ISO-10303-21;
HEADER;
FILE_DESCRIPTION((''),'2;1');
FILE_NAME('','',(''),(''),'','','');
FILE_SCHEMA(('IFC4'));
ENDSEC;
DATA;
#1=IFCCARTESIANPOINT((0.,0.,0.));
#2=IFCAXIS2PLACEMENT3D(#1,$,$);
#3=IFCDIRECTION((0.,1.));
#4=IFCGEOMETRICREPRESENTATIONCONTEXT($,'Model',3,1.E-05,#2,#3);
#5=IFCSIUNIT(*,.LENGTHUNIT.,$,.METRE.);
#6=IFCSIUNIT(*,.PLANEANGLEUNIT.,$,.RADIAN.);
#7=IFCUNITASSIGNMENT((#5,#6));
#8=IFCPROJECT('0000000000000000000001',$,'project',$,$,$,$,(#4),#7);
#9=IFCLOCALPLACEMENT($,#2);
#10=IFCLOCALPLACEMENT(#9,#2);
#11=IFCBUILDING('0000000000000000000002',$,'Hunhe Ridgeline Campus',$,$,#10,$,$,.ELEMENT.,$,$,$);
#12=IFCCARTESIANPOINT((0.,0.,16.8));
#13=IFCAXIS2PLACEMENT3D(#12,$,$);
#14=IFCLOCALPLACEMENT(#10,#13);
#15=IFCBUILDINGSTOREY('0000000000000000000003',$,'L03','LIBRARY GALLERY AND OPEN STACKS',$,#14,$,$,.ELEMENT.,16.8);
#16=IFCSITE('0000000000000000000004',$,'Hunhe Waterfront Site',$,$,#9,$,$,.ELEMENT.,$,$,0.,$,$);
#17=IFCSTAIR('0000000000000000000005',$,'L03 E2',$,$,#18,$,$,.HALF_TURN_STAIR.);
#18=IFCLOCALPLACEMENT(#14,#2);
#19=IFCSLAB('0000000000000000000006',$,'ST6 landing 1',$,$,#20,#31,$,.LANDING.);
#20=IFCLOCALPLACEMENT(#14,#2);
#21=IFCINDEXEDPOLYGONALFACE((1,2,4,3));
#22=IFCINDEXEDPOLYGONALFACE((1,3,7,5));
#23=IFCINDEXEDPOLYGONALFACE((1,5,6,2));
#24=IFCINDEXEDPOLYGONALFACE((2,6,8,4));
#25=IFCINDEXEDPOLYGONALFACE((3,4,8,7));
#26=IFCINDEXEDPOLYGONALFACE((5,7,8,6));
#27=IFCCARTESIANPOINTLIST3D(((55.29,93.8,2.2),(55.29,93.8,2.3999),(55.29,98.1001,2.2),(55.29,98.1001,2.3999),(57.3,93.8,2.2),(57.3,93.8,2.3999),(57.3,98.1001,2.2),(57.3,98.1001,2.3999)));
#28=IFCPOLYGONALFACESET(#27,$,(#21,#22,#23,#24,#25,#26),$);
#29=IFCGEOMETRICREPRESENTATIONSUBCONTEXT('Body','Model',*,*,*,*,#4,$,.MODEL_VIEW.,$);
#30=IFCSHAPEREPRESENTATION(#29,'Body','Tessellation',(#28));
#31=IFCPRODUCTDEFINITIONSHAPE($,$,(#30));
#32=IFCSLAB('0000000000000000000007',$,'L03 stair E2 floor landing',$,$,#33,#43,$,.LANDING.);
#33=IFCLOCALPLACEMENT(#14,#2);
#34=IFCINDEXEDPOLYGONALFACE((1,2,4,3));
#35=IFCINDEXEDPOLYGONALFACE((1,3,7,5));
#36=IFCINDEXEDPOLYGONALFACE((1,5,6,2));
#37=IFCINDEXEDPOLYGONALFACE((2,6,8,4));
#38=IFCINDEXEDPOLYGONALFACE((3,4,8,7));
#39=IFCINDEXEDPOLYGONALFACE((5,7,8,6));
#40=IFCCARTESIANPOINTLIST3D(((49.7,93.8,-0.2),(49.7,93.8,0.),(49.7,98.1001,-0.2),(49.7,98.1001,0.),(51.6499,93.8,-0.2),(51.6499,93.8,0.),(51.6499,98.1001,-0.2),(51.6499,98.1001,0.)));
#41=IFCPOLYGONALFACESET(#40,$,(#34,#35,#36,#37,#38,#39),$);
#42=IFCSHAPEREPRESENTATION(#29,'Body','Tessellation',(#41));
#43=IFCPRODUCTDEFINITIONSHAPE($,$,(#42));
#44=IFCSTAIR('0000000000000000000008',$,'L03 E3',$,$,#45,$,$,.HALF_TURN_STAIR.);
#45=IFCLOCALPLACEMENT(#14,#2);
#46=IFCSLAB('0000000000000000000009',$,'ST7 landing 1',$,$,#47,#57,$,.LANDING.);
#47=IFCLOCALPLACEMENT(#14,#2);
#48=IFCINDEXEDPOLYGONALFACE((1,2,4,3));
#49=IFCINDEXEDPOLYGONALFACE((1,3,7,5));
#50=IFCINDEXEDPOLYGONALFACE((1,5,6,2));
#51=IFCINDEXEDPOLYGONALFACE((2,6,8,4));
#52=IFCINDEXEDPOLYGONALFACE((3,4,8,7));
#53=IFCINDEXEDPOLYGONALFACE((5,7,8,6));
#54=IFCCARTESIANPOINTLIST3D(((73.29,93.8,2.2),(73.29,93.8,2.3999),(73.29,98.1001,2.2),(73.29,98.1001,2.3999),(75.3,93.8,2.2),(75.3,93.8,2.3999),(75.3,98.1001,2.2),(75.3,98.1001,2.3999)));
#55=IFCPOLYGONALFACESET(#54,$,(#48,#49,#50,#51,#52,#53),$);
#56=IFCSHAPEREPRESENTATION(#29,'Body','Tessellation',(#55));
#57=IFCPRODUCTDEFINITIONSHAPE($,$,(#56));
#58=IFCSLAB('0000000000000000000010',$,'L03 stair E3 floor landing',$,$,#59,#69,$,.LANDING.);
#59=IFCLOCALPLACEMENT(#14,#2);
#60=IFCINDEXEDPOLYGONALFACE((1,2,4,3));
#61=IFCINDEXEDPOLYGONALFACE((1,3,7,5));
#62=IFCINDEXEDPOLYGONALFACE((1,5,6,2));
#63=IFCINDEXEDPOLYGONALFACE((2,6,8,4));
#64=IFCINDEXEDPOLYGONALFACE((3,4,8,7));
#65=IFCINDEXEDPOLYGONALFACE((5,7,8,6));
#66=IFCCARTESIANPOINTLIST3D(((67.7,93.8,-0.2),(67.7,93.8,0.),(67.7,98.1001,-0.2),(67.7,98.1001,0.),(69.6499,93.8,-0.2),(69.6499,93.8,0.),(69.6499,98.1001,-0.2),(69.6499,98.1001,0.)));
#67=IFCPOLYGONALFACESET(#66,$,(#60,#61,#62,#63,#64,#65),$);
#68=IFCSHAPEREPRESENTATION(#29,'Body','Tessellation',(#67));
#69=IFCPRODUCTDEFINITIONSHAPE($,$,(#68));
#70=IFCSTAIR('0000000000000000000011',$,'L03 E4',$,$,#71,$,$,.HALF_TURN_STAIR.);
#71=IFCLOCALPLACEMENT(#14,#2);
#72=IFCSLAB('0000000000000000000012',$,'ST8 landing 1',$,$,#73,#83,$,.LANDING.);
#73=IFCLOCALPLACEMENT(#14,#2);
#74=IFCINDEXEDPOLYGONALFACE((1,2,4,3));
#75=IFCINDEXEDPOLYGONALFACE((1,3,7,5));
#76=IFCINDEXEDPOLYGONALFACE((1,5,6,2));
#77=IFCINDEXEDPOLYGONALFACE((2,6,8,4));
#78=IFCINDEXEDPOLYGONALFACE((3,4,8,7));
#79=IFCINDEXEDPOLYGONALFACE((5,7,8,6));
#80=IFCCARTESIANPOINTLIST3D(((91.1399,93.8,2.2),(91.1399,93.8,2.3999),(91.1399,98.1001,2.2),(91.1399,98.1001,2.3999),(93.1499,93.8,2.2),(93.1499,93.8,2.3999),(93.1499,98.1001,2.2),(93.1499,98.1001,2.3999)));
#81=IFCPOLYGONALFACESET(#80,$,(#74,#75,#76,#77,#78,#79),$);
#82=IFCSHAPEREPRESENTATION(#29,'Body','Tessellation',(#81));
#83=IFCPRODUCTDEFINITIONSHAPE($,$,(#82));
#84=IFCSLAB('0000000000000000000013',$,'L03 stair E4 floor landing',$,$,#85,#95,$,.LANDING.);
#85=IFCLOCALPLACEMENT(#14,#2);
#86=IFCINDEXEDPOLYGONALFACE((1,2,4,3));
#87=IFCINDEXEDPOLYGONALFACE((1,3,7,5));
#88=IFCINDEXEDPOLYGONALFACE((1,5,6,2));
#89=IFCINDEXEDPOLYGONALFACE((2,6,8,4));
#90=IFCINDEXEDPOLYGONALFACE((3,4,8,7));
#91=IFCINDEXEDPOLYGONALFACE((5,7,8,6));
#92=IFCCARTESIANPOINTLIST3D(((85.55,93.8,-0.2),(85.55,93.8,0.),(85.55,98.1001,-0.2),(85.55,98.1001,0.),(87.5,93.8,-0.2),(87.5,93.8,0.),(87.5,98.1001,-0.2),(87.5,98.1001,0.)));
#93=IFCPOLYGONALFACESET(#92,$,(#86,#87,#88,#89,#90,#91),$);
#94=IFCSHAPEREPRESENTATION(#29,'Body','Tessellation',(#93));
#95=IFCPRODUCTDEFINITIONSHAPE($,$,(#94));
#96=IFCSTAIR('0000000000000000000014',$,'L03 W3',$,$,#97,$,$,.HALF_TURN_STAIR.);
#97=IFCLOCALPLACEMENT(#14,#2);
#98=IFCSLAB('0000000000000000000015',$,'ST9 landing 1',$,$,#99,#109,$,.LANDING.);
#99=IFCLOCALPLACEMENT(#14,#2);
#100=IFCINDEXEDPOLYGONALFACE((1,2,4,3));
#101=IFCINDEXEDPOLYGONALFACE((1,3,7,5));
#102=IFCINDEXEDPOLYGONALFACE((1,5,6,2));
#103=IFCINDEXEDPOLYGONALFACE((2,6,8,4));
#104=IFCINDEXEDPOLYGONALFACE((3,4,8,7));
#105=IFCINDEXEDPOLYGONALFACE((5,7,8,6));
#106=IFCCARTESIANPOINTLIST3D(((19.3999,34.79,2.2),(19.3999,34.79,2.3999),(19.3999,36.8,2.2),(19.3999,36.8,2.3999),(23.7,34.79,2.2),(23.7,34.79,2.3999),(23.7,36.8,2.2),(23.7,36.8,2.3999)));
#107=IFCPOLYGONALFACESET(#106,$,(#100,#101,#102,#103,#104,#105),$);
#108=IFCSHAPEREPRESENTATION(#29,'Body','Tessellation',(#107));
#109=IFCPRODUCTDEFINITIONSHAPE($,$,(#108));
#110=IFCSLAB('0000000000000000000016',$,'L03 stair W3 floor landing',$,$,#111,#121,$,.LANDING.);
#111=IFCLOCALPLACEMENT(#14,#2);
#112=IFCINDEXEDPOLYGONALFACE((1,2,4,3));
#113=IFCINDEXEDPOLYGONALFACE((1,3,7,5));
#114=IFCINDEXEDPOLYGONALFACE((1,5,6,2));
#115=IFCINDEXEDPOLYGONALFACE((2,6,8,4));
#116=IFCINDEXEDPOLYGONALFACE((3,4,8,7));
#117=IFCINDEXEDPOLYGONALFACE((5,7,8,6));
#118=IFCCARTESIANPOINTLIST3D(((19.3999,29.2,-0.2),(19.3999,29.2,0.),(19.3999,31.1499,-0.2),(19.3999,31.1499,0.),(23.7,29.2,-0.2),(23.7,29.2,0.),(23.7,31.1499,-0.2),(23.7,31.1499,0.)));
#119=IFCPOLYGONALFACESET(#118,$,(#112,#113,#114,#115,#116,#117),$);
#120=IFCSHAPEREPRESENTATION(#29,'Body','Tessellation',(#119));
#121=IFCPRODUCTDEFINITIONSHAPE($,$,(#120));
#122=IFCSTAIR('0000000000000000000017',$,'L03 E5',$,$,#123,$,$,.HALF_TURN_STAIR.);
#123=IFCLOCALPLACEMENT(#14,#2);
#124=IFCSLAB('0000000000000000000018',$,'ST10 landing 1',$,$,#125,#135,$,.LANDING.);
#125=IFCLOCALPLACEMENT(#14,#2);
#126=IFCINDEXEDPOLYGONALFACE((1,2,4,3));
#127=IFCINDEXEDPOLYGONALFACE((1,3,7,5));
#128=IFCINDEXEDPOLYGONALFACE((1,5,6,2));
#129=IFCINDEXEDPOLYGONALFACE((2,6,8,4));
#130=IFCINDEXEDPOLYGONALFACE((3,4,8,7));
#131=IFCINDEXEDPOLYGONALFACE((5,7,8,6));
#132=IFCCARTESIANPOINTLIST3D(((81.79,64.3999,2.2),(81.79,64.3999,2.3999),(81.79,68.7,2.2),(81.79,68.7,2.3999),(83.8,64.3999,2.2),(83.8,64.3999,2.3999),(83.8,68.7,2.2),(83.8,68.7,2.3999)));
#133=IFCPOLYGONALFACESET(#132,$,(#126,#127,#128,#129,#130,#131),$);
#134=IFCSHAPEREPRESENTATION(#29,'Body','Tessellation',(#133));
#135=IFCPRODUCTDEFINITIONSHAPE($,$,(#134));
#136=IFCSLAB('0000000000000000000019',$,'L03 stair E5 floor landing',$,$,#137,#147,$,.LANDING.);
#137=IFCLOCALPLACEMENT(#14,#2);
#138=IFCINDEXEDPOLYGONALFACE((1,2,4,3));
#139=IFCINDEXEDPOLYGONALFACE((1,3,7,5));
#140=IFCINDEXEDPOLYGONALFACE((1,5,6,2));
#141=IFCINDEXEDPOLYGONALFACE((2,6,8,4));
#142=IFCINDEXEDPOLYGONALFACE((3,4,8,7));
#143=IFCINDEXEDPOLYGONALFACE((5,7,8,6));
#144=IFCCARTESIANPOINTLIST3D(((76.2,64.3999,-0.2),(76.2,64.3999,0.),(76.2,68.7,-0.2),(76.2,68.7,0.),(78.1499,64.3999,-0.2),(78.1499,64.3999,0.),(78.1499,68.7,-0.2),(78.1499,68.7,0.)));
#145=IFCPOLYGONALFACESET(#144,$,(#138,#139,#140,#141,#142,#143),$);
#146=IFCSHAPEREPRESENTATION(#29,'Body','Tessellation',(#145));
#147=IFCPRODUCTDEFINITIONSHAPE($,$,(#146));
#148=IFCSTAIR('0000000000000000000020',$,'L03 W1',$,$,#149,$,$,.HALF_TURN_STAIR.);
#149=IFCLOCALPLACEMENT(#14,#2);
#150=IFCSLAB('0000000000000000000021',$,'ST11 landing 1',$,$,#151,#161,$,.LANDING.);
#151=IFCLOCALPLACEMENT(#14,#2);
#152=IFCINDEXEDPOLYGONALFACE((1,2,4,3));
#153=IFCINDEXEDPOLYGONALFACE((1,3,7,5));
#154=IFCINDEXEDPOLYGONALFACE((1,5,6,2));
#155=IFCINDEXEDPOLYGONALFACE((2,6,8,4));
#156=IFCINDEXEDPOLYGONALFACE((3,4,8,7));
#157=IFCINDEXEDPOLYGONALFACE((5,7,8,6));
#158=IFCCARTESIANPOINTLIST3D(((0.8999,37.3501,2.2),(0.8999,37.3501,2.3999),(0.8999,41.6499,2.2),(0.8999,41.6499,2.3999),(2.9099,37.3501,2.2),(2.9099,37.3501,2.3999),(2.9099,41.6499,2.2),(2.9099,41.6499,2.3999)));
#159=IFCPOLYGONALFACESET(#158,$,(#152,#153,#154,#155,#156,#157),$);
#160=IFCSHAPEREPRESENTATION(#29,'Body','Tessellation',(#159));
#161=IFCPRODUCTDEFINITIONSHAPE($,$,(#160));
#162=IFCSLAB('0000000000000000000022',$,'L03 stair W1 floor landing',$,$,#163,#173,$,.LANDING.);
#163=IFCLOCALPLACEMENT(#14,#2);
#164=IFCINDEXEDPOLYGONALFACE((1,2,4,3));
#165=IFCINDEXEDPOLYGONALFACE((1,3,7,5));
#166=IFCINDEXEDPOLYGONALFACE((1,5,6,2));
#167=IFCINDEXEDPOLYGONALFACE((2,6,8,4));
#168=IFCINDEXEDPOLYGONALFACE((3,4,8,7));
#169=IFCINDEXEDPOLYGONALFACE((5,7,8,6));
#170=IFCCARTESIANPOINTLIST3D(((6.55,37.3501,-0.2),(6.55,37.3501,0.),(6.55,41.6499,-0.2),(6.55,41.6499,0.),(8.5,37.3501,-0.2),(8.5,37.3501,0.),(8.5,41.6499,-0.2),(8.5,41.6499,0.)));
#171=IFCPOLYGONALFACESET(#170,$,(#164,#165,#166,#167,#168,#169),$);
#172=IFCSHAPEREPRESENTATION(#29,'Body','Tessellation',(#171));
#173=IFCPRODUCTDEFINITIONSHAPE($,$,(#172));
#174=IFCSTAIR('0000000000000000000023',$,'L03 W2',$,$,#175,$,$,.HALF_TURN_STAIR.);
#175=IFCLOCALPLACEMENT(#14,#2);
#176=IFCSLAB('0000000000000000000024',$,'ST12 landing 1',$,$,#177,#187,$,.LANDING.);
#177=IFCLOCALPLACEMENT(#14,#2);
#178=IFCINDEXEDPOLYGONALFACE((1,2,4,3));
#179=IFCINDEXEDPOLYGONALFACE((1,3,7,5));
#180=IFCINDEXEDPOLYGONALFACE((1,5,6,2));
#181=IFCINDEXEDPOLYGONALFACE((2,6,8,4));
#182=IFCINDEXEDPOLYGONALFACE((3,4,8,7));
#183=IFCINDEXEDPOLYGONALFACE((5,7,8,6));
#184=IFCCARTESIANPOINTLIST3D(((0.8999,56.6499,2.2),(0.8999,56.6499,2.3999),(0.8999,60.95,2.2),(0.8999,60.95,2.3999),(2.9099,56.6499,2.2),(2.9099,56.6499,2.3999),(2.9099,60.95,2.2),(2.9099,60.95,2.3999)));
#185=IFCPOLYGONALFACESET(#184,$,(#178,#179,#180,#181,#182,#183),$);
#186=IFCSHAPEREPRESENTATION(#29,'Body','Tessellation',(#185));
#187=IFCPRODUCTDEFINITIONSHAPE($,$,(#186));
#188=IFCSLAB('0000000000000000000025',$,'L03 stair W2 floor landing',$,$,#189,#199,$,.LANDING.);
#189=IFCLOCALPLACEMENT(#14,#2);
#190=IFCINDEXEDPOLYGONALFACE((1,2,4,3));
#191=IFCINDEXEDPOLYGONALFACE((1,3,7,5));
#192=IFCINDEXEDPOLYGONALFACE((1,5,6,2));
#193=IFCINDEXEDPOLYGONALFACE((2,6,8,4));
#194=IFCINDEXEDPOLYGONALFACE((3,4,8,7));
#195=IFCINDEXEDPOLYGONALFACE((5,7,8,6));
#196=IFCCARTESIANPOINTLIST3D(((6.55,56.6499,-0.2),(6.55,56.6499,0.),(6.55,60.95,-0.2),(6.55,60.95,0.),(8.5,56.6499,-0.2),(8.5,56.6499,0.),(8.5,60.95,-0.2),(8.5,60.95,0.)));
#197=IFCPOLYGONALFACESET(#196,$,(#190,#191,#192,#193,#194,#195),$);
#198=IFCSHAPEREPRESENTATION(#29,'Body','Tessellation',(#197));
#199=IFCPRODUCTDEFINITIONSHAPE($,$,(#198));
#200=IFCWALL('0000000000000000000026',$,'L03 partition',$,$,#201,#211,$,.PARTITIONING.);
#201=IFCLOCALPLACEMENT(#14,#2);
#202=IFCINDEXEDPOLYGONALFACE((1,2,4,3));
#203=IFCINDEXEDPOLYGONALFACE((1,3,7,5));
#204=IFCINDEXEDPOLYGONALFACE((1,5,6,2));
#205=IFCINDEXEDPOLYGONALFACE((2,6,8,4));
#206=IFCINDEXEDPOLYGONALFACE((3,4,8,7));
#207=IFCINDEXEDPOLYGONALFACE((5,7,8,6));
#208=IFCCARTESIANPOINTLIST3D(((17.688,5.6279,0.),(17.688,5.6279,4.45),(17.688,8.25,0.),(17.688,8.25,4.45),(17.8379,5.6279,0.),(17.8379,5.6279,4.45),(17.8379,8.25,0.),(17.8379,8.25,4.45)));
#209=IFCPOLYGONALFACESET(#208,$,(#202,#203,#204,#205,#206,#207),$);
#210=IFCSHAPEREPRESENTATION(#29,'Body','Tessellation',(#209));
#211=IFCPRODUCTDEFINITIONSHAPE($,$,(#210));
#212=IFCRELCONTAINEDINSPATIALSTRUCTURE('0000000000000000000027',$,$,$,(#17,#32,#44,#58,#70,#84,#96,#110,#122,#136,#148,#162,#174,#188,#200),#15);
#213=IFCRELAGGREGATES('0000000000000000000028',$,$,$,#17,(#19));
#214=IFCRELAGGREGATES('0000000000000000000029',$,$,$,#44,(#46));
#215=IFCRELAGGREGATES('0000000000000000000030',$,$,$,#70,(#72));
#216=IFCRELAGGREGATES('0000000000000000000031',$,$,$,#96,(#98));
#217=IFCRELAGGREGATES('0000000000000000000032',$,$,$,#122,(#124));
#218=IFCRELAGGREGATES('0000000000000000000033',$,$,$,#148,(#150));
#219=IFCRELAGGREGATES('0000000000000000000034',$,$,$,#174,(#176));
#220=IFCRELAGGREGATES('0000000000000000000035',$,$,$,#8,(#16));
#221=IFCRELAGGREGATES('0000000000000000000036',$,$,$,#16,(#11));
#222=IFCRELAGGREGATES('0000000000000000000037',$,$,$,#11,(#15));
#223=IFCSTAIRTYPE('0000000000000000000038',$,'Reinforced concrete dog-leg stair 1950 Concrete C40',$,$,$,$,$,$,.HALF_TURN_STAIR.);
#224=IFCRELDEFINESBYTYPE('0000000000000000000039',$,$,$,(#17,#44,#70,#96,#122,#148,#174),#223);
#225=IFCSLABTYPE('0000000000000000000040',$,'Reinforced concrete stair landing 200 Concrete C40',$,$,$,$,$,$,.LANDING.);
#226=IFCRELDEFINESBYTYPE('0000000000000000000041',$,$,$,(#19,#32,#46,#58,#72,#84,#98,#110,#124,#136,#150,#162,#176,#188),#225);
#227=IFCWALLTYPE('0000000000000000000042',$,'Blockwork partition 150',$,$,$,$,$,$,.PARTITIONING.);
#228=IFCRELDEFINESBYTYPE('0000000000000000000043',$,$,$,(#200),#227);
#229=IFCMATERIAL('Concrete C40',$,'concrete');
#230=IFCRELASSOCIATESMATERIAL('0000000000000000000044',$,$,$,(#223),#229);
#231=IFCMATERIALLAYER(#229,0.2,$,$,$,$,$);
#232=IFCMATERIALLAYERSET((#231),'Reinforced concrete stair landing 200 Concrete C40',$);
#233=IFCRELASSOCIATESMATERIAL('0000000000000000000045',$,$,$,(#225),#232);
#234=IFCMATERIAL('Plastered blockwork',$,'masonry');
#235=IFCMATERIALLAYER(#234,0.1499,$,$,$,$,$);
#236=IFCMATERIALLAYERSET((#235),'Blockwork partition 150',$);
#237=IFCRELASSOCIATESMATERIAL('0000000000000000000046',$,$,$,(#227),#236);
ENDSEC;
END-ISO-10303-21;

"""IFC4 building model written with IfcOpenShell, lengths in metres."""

from ifc_helpers import new_model, si_unit, direction, frame, frame_2d, origin, place, context, subcontext, project, spatial, polyline, rectangle, outline, extrude, material, layer, layer_set, type_object, element, aggregate, save


model = new_model("IFC4")

# Units and contexts
model_context = context("Model", 3, precision=1e-05, world=origin(), true_north=direction((0.0, 1.0)))
body_context = subcontext(model_context, "Body", "Model", "MODEL_VIEW")
ifc_project = project(units=[si_unit("LENGTHUNIT", "METRE"), si_unit("PLANEANGLEUNIT", "RADIAN")], contexts=[model_context])

# Site, building, storey
site_placement = place(None, origin())
site = spatial("IfcSite", under=ifc_project, at=site_placement, Name="Hunhe Waterfront Site", CompositionType="ELEMENT", RefElevation=0.0)
building_placement = place(site_placement, origin())
building = spatial("IfcBuilding", under=site, at=building_placement, Name="Hunhe Ridgeline Campus", CompositionType="ELEMENT")
storey_placement = place(building_placement, frame((0.0, 0.0, 16.8)))
storey = spatial("IfcBuildingStorey", under=building, at=storey_placement, Name="L03", Description="LIBRARY GALLERY AND OPEN STACKS", CompositionType="ELEMENT", Elevation=16.8)

# Shared definitions
ifc_material_1 = material(Name="Concrete C40", Category="concrete")

# Shared definitions
stair_type_1 = type_object("IfcStairType", Name="Reinforced concrete dog-leg stair 1950 Concrete C40", PredefinedType="HALF_TURN_STAIR", material=ifc_material_1)
ifc_layer_1 = layer(ifc_material_1, 0.2)
ifc_layer_set_1 = layer_set([ifc_layer_1], Name="Reinforced concrete stair landing 200 Concrete C40")
slab_type_1 = type_object("IfcSlabType", Name="Reinforced concrete stair landing 200 Concrete C40", PredefinedType="LANDING", material=ifc_layer_set_1)

# Stair, slab
stair_1_placement = place(storey_placement, origin())
stair_1 = element("IfcStair", 1, at=stair_1_placement, inside=storey, type_object=stair_type_1, Name="L03 E2", PredefinedType="HALF_TURN_STAIR")
slab_1_placement = place(storey_placement, frame((0.0, 0.0, 2.2)))
slab_1 = element("IfcSlab", 2, at=slab_1_placement, type_object=slab_type_1, Name="ST6 landing 1", PredefinedType="LANDING", context=body_context, shape_type="SweptSolid", body=[
    extrude(outline(polyline([(55.29, 93.8), (57.3, 93.8), (57.3, 98.1001), (55.29, 98.1001), (55.29, 93.8)])), origin(), (0.0, 0.0, 1.0), 0.2),
])
aggregate(stair_1, [slab_1])

# Slab
slab_2_placement = place(storey_placement, frame((0.0, 0.0, -0.2)))
element("IfcSlab", 3, at=slab_2_placement, inside=storey, type_object=slab_type_1, Name="L03 stair E2 floor landing", PredefinedType="LANDING", context=body_context, shape_type="SweptSolid", body=[
    extrude(outline(polyline([(49.7, 93.8), (51.6499, 93.8), (51.6499, 98.1001), (49.7, 98.1001), (49.7, 93.8)])), origin(), (0.0, 0.0, 1.0), 0.2),
])

# Stair, slab
stair_2_placement = place(storey_placement, origin())
stair_2 = element("IfcStair", 4, at=stair_2_placement, inside=storey, type_object=stair_type_1, Name="L03 E3", PredefinedType="HALF_TURN_STAIR")
slab_3_placement = place(storey_placement, frame((0.0, 0.0, 2.2)))
slab_3 = element("IfcSlab", 5, at=slab_3_placement, type_object=slab_type_1, Name="ST7 landing 1", PredefinedType="LANDING", context=body_context, shape_type="SweptSolid", body=[
    extrude(outline(polyline([(73.29, 93.8), (75.3, 93.8), (75.3, 98.1001), (73.29, 98.1001), (73.29, 93.8)])), origin(), (0.0, 0.0, 1.0), 0.2),
])
aggregate(stair_2, [slab_3])

# Slab
slab_4_placement = place(storey_placement, frame((0.0, 0.0, -0.2)))
element("IfcSlab", 6, at=slab_4_placement, inside=storey, type_object=slab_type_1, Name="L03 stair E3 floor landing", PredefinedType="LANDING", context=body_context, shape_type="SweptSolid", body=[
    extrude(outline(polyline([(67.7, 93.8), (69.6499, 93.8), (69.6499, 98.1001), (67.7, 98.1001), (67.7, 93.8)])), origin(), (0.0, 0.0, 1.0), 0.2),
])

# Stair, slab
stair_3_placement = place(storey_placement, origin())
stair_3 = element("IfcStair", 7, at=stair_3_placement, inside=storey, type_object=stair_type_1, Name="L03 E4", PredefinedType="HALF_TURN_STAIR")
slab_5_placement = place(storey_placement, frame((0.0, 0.0, 2.2)))
slab_5 = element("IfcSlab", 8, at=slab_5_placement, type_object=slab_type_1, Name="ST8 landing 1", PredefinedType="LANDING", context=body_context, shape_type="SweptSolid", body=[
    extrude(outline(polyline([(91.1399, 93.8), (93.1499, 93.8), (93.1499, 98.1001), (91.1399, 98.1001), (91.1399, 93.8)])), origin(), (0.0, 0.0, 1.0), 0.2),
])
aggregate(stair_3, [slab_5])

# Slab
slab_6_placement = place(storey_placement, frame((0.0, 0.0, -0.2)))
element("IfcSlab", 9, at=slab_6_placement, inside=storey, type_object=slab_type_1, Name="L03 stair E4 floor landing", PredefinedType="LANDING", context=body_context, shape_type="SweptSolid", body=[
    extrude(outline(polyline([(85.55, 93.8), (87.5, 93.8), (87.5, 98.1001), (85.55, 98.1001), (85.55, 93.8)])), origin(), (0.0, 0.0, 1.0), 0.2),
])

# Stair, slab
stair_4_placement = place(storey_placement, origin())
stair_4 = element("IfcStair", 10, at=stair_4_placement, inside=storey, type_object=stair_type_1, Name="L03 W3", PredefinedType="HALF_TURN_STAIR")
slab_7_placement = place(storey_placement, frame((0.0, 0.0, 2.2)))
slab_7 = element("IfcSlab", 11, at=slab_7_placement, type_object=slab_type_1, Name="ST9 landing 1", PredefinedType="LANDING", context=body_context, shape_type="SweptSolid", body=[
    extrude(outline(polyline([(23.7, 34.79), (23.7, 36.8), (19.3999, 36.8), (19.3999, 34.79), (23.7, 34.79)])), origin(), (0.0, 0.0, 1.0), 0.2),
])
aggregate(stair_4, [slab_7])

# Slab
slab_8_placement = place(storey_placement, frame((0.0, 0.0, -0.2)))
element("IfcSlab", 12, at=slab_8_placement, inside=storey, type_object=slab_type_1, Name="L03 stair W3 floor landing", PredefinedType="LANDING", context=body_context, shape_type="SweptSolid", body=[
    extrude(outline(polyline([(23.7, 29.2), (23.7, 31.1499), (19.3999, 31.1499), (19.3999, 29.2), (23.7, 29.2)])), origin(), (0.0, 0.0, 1.0), 0.2),
])

# Stair, slab
stair_5_placement = place(storey_placement, origin())
stair_5 = element("IfcStair", 13, at=stair_5_placement, inside=storey, type_object=stair_type_1, Name="L03 E5", PredefinedType="HALF_TURN_STAIR")
slab_9_placement = place(storey_placement, frame((0.0, 0.0, 2.2)))
slab_9 = element("IfcSlab", 14, at=slab_9_placement, type_object=slab_type_1, Name="ST10 landing 1", PredefinedType="LANDING", context=body_context, shape_type="SweptSolid", body=[
    extrude(outline(polyline([(81.79, 64.3999), (83.8, 64.3999), (83.8, 68.7), (81.79, 68.7), (81.79, 64.3999)])), origin(), (0.0, 0.0, 1.0), 0.2),
])
aggregate(stair_5, [slab_9])

# Slab
slab_10_placement = place(storey_placement, frame((0.0, 0.0, -0.2)))
element("IfcSlab", 15, at=slab_10_placement, inside=storey, type_object=slab_type_1, Name="L03 stair E5 floor landing", PredefinedType="LANDING", context=body_context, shape_type="SweptSolid", body=[
    extrude(outline(polyline([(76.2, 64.3999), (78.1499, 64.3999), (78.1499, 68.7), (76.2, 68.7), (76.2, 64.3999)])), origin(), (0.0, 0.0, 1.0), 0.2),
])

# Stair, slab
stair_6_placement = place(storey_placement, origin())
stair_6 = element("IfcStair", 16, at=stair_6_placement, inside=storey, type_object=stair_type_1, Name="L03 W1", PredefinedType="HALF_TURN_STAIR")
slab_11_placement = place(storey_placement, frame((0.0, 0.0, 2.2)))
slab_11 = element("IfcSlab", 17, at=slab_11_placement, type_object=slab_type_1, Name="ST11 landing 1", PredefinedType="LANDING", context=body_context, shape_type="SweptSolid", body=[
    extrude(outline(polyline([(2.9099, 41.6499), (0.8999, 41.6499), (0.8999, 37.3501), (2.9099, 37.3501), (2.9099, 41.6499)])), origin(), (0.0, 0.0, 1.0), 0.2),
])
aggregate(stair_6, [slab_11])

# Slab
slab_12_placement = place(storey_placement, frame((0.0, 0.0, -0.2)))
element("IfcSlab", 18, at=slab_12_placement, inside=storey, type_object=slab_type_1, Name="L03 stair W1 floor landing", PredefinedType="LANDING", context=body_context, shape_type="SweptSolid", body=[
    extrude(outline(polyline([(8.5, 41.6499), (6.55, 41.6499), (6.55, 37.3501), (8.5, 37.3501), (8.5, 41.6499)])), origin(), (0.0, 0.0, 1.0), 0.2),
])

# Stair, slab
stair_7_placement = place(storey_placement, origin())
stair_7 = element("IfcStair", 19, at=stair_7_placement, inside=storey, type_object=stair_type_1, Name="L03 W2", PredefinedType="HALF_TURN_STAIR")
slab_13_placement = place(storey_placement, frame((0.0, 0.0, 2.2)))
slab_13 = element("IfcSlab", 20, at=slab_13_placement, type_object=slab_type_1, Name="ST12 landing 1", PredefinedType="LANDING", context=body_context, shape_type="SweptSolid", body=[
    extrude(outline(polyline([(2.9099, 60.95), (0.8999, 60.95), (0.8999, 56.6499), (2.9099, 56.6499), (2.9099, 60.95)])), origin(), (0.0, 0.0, 1.0), 0.2),
])
aggregate(stair_7, [slab_13])

# Slab
slab_14_placement = place(storey_placement, frame((0.0, 0.0, -0.2)))
element("IfcSlab", 21, at=slab_14_placement, inside=storey, type_object=slab_type_1, Name="L03 stair W2 floor landing", PredefinedType="LANDING", context=body_context, shape_type="SweptSolid", body=[
    extrude(outline(polyline([(8.5, 60.95), (6.55, 60.95), (6.55, 56.6499), (8.5, 56.6499), (8.5, 60.95)])), origin(), (0.0, 0.0, 1.0), 0.2),
])

# Wall
ifc_material_2 = material(Name="Plastered blockwork", Category="masonry")
ifc_layer_2 = layer(ifc_material_2, 0.1499)
ifc_layer_set_2 = layer_set([ifc_layer_2], Name="Blockwork partition 150")
wall_type = type_object("IfcWallType", Name="Blockwork partition 150", PredefinedType="PARTITIONING", material=ifc_layer_set_2)
wall_placement = place(storey_placement, frame((17.7629, 5.6279, 0.0), z_axis=(0.0, 0.0, 1.0), x_axis=(0.0, 1.0, 0.0)))
element("IfcWall", 22, at=wall_placement, inside=storey, type_object=wall_type, Name="L03 partition", PredefinedType="PARTITIONING", context=body_context, shape_type="SweptSolid", body=[
    extrude(rectangle(XDim=2.6221, YDim=0.1499, at=frame_2d((1.311, 0.0))), origin(), (0.0, 0.0, 1.0), 4.45),
])

save(model, "model.ifc")
